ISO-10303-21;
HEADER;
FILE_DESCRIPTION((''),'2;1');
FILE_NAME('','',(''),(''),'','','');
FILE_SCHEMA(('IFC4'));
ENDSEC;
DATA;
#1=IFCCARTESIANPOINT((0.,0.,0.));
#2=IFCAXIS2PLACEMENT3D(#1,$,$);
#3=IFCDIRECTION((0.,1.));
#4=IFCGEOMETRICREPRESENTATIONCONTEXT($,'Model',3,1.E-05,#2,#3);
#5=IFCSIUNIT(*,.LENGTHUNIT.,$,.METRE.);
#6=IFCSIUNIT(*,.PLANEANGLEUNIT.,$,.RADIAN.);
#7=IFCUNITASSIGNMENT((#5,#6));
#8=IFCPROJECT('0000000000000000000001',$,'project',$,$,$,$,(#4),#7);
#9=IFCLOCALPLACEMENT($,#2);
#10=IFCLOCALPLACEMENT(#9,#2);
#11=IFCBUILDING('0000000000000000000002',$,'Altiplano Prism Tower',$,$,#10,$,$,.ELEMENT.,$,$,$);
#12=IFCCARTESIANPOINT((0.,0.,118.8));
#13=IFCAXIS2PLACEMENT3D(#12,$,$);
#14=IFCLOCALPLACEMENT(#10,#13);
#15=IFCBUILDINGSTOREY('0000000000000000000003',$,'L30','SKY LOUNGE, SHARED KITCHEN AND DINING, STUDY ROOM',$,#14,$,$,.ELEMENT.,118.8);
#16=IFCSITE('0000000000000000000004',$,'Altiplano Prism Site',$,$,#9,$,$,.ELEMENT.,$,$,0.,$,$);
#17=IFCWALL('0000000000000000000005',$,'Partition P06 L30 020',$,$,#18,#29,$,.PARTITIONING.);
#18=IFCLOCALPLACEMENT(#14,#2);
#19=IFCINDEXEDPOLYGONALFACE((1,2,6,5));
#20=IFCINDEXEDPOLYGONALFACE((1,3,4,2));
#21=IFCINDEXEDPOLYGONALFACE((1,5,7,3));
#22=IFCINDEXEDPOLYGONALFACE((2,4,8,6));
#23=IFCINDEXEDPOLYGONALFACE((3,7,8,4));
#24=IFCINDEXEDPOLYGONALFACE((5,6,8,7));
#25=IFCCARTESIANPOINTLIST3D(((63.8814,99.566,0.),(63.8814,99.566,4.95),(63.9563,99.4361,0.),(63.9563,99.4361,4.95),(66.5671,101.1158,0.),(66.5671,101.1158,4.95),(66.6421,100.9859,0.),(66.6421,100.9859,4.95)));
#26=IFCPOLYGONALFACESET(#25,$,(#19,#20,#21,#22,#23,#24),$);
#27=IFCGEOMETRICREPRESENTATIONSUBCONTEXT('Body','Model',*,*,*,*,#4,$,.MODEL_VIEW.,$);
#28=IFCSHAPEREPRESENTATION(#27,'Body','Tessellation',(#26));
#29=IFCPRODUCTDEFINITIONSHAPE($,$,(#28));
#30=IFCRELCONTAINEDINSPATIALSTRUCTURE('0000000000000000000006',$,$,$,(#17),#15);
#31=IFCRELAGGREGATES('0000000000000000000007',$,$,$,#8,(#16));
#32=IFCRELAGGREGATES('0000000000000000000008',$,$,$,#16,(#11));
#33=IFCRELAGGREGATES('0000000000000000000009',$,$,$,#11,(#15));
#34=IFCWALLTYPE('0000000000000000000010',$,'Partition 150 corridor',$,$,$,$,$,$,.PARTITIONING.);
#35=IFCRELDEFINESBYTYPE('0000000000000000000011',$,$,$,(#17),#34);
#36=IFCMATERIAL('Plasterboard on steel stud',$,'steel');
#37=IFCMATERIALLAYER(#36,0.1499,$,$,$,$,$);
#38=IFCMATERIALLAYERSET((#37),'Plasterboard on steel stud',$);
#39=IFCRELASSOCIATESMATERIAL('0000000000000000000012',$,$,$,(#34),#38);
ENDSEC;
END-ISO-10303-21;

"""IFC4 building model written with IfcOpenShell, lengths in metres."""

from ifc_helpers import new_model, si_unit, direction, frame, frame_2d, origin, place, context, subcontext, project, spatial, rectangle, extrude, material, layer, layer_set, type_object, element, save


model = new_model("IFC4")

# Units and contexts
model_context = context("Model", 3, precision=1e-05, world=origin(), true_north=direction((0.0, 1.0)))
body_context = subcontext(model_context, "Body", "Model", "MODEL_VIEW")
ifc_project = project(units=[si_unit("LENGTHUNIT", "METRE"), si_unit("PLANEANGLEUNIT", "RADIAN")], contexts=[model_context])

# Site, building, storey
site_placement = place(None, origin())
site = spatial("IfcSite", under=ifc_project, at=site_placement, Name="Altiplano Prism Site", CompositionType="ELEMENT", RefElevation=0.0)
building_placement = place(site_placement, origin())
building = spatial("IfcBuilding", under=site, at=building_placement, Name="Altiplano Prism Tower", CompositionType="ELEMENT")
storey_placement = place(building_placement, frame((0.0, 0.0, 118.8)))
storey = spatial("IfcBuildingStorey", under=building, at=storey_placement, Name="L30", Description="SKY LOUNGE, SHARED KITCHEN AND DINING, STUDY ROOM", CompositionType="ELEMENT", Elevation=118.8)

# Shared definitions
ifc_material_1 = material(Name="Plasterboard on steel stud", Category="steel")
ifc_layer_1 = layer(ifc_material_1, 0.1499)
ifc_layer_set_1 = layer_set([ifc_layer_1], Name="Plasterboard on steel stud")
wall_type_1 = type_object("IfcWallType", Name="Partition 150 corridor", PredefinedType="PARTITIONING", material=ifc_layer_set_1)

# Wall
wall_1_placement = place(storey_placement, frame((66.6045, 101.0508, 0.0), z_axis=(0.0, 0.0, 1.0), x_axis=(-0.866142, -0.499797, 0.0)))
element("IfcWall", 1, at=wall_1_placement, inside=storey, type_object=wall_type_1, Name="Partition P06 L30 020", PredefinedType="PARTITIONING", context=body_context, shape_type="SweptSolid", body=[
    extrude(rectangle(XDim=3.1008, YDim=0.1499, at=frame_2d((1.5503, 0.0))), origin(), (0.0, 0.0, 1.0), 4.95),
])

save(model, "model.ifc")
